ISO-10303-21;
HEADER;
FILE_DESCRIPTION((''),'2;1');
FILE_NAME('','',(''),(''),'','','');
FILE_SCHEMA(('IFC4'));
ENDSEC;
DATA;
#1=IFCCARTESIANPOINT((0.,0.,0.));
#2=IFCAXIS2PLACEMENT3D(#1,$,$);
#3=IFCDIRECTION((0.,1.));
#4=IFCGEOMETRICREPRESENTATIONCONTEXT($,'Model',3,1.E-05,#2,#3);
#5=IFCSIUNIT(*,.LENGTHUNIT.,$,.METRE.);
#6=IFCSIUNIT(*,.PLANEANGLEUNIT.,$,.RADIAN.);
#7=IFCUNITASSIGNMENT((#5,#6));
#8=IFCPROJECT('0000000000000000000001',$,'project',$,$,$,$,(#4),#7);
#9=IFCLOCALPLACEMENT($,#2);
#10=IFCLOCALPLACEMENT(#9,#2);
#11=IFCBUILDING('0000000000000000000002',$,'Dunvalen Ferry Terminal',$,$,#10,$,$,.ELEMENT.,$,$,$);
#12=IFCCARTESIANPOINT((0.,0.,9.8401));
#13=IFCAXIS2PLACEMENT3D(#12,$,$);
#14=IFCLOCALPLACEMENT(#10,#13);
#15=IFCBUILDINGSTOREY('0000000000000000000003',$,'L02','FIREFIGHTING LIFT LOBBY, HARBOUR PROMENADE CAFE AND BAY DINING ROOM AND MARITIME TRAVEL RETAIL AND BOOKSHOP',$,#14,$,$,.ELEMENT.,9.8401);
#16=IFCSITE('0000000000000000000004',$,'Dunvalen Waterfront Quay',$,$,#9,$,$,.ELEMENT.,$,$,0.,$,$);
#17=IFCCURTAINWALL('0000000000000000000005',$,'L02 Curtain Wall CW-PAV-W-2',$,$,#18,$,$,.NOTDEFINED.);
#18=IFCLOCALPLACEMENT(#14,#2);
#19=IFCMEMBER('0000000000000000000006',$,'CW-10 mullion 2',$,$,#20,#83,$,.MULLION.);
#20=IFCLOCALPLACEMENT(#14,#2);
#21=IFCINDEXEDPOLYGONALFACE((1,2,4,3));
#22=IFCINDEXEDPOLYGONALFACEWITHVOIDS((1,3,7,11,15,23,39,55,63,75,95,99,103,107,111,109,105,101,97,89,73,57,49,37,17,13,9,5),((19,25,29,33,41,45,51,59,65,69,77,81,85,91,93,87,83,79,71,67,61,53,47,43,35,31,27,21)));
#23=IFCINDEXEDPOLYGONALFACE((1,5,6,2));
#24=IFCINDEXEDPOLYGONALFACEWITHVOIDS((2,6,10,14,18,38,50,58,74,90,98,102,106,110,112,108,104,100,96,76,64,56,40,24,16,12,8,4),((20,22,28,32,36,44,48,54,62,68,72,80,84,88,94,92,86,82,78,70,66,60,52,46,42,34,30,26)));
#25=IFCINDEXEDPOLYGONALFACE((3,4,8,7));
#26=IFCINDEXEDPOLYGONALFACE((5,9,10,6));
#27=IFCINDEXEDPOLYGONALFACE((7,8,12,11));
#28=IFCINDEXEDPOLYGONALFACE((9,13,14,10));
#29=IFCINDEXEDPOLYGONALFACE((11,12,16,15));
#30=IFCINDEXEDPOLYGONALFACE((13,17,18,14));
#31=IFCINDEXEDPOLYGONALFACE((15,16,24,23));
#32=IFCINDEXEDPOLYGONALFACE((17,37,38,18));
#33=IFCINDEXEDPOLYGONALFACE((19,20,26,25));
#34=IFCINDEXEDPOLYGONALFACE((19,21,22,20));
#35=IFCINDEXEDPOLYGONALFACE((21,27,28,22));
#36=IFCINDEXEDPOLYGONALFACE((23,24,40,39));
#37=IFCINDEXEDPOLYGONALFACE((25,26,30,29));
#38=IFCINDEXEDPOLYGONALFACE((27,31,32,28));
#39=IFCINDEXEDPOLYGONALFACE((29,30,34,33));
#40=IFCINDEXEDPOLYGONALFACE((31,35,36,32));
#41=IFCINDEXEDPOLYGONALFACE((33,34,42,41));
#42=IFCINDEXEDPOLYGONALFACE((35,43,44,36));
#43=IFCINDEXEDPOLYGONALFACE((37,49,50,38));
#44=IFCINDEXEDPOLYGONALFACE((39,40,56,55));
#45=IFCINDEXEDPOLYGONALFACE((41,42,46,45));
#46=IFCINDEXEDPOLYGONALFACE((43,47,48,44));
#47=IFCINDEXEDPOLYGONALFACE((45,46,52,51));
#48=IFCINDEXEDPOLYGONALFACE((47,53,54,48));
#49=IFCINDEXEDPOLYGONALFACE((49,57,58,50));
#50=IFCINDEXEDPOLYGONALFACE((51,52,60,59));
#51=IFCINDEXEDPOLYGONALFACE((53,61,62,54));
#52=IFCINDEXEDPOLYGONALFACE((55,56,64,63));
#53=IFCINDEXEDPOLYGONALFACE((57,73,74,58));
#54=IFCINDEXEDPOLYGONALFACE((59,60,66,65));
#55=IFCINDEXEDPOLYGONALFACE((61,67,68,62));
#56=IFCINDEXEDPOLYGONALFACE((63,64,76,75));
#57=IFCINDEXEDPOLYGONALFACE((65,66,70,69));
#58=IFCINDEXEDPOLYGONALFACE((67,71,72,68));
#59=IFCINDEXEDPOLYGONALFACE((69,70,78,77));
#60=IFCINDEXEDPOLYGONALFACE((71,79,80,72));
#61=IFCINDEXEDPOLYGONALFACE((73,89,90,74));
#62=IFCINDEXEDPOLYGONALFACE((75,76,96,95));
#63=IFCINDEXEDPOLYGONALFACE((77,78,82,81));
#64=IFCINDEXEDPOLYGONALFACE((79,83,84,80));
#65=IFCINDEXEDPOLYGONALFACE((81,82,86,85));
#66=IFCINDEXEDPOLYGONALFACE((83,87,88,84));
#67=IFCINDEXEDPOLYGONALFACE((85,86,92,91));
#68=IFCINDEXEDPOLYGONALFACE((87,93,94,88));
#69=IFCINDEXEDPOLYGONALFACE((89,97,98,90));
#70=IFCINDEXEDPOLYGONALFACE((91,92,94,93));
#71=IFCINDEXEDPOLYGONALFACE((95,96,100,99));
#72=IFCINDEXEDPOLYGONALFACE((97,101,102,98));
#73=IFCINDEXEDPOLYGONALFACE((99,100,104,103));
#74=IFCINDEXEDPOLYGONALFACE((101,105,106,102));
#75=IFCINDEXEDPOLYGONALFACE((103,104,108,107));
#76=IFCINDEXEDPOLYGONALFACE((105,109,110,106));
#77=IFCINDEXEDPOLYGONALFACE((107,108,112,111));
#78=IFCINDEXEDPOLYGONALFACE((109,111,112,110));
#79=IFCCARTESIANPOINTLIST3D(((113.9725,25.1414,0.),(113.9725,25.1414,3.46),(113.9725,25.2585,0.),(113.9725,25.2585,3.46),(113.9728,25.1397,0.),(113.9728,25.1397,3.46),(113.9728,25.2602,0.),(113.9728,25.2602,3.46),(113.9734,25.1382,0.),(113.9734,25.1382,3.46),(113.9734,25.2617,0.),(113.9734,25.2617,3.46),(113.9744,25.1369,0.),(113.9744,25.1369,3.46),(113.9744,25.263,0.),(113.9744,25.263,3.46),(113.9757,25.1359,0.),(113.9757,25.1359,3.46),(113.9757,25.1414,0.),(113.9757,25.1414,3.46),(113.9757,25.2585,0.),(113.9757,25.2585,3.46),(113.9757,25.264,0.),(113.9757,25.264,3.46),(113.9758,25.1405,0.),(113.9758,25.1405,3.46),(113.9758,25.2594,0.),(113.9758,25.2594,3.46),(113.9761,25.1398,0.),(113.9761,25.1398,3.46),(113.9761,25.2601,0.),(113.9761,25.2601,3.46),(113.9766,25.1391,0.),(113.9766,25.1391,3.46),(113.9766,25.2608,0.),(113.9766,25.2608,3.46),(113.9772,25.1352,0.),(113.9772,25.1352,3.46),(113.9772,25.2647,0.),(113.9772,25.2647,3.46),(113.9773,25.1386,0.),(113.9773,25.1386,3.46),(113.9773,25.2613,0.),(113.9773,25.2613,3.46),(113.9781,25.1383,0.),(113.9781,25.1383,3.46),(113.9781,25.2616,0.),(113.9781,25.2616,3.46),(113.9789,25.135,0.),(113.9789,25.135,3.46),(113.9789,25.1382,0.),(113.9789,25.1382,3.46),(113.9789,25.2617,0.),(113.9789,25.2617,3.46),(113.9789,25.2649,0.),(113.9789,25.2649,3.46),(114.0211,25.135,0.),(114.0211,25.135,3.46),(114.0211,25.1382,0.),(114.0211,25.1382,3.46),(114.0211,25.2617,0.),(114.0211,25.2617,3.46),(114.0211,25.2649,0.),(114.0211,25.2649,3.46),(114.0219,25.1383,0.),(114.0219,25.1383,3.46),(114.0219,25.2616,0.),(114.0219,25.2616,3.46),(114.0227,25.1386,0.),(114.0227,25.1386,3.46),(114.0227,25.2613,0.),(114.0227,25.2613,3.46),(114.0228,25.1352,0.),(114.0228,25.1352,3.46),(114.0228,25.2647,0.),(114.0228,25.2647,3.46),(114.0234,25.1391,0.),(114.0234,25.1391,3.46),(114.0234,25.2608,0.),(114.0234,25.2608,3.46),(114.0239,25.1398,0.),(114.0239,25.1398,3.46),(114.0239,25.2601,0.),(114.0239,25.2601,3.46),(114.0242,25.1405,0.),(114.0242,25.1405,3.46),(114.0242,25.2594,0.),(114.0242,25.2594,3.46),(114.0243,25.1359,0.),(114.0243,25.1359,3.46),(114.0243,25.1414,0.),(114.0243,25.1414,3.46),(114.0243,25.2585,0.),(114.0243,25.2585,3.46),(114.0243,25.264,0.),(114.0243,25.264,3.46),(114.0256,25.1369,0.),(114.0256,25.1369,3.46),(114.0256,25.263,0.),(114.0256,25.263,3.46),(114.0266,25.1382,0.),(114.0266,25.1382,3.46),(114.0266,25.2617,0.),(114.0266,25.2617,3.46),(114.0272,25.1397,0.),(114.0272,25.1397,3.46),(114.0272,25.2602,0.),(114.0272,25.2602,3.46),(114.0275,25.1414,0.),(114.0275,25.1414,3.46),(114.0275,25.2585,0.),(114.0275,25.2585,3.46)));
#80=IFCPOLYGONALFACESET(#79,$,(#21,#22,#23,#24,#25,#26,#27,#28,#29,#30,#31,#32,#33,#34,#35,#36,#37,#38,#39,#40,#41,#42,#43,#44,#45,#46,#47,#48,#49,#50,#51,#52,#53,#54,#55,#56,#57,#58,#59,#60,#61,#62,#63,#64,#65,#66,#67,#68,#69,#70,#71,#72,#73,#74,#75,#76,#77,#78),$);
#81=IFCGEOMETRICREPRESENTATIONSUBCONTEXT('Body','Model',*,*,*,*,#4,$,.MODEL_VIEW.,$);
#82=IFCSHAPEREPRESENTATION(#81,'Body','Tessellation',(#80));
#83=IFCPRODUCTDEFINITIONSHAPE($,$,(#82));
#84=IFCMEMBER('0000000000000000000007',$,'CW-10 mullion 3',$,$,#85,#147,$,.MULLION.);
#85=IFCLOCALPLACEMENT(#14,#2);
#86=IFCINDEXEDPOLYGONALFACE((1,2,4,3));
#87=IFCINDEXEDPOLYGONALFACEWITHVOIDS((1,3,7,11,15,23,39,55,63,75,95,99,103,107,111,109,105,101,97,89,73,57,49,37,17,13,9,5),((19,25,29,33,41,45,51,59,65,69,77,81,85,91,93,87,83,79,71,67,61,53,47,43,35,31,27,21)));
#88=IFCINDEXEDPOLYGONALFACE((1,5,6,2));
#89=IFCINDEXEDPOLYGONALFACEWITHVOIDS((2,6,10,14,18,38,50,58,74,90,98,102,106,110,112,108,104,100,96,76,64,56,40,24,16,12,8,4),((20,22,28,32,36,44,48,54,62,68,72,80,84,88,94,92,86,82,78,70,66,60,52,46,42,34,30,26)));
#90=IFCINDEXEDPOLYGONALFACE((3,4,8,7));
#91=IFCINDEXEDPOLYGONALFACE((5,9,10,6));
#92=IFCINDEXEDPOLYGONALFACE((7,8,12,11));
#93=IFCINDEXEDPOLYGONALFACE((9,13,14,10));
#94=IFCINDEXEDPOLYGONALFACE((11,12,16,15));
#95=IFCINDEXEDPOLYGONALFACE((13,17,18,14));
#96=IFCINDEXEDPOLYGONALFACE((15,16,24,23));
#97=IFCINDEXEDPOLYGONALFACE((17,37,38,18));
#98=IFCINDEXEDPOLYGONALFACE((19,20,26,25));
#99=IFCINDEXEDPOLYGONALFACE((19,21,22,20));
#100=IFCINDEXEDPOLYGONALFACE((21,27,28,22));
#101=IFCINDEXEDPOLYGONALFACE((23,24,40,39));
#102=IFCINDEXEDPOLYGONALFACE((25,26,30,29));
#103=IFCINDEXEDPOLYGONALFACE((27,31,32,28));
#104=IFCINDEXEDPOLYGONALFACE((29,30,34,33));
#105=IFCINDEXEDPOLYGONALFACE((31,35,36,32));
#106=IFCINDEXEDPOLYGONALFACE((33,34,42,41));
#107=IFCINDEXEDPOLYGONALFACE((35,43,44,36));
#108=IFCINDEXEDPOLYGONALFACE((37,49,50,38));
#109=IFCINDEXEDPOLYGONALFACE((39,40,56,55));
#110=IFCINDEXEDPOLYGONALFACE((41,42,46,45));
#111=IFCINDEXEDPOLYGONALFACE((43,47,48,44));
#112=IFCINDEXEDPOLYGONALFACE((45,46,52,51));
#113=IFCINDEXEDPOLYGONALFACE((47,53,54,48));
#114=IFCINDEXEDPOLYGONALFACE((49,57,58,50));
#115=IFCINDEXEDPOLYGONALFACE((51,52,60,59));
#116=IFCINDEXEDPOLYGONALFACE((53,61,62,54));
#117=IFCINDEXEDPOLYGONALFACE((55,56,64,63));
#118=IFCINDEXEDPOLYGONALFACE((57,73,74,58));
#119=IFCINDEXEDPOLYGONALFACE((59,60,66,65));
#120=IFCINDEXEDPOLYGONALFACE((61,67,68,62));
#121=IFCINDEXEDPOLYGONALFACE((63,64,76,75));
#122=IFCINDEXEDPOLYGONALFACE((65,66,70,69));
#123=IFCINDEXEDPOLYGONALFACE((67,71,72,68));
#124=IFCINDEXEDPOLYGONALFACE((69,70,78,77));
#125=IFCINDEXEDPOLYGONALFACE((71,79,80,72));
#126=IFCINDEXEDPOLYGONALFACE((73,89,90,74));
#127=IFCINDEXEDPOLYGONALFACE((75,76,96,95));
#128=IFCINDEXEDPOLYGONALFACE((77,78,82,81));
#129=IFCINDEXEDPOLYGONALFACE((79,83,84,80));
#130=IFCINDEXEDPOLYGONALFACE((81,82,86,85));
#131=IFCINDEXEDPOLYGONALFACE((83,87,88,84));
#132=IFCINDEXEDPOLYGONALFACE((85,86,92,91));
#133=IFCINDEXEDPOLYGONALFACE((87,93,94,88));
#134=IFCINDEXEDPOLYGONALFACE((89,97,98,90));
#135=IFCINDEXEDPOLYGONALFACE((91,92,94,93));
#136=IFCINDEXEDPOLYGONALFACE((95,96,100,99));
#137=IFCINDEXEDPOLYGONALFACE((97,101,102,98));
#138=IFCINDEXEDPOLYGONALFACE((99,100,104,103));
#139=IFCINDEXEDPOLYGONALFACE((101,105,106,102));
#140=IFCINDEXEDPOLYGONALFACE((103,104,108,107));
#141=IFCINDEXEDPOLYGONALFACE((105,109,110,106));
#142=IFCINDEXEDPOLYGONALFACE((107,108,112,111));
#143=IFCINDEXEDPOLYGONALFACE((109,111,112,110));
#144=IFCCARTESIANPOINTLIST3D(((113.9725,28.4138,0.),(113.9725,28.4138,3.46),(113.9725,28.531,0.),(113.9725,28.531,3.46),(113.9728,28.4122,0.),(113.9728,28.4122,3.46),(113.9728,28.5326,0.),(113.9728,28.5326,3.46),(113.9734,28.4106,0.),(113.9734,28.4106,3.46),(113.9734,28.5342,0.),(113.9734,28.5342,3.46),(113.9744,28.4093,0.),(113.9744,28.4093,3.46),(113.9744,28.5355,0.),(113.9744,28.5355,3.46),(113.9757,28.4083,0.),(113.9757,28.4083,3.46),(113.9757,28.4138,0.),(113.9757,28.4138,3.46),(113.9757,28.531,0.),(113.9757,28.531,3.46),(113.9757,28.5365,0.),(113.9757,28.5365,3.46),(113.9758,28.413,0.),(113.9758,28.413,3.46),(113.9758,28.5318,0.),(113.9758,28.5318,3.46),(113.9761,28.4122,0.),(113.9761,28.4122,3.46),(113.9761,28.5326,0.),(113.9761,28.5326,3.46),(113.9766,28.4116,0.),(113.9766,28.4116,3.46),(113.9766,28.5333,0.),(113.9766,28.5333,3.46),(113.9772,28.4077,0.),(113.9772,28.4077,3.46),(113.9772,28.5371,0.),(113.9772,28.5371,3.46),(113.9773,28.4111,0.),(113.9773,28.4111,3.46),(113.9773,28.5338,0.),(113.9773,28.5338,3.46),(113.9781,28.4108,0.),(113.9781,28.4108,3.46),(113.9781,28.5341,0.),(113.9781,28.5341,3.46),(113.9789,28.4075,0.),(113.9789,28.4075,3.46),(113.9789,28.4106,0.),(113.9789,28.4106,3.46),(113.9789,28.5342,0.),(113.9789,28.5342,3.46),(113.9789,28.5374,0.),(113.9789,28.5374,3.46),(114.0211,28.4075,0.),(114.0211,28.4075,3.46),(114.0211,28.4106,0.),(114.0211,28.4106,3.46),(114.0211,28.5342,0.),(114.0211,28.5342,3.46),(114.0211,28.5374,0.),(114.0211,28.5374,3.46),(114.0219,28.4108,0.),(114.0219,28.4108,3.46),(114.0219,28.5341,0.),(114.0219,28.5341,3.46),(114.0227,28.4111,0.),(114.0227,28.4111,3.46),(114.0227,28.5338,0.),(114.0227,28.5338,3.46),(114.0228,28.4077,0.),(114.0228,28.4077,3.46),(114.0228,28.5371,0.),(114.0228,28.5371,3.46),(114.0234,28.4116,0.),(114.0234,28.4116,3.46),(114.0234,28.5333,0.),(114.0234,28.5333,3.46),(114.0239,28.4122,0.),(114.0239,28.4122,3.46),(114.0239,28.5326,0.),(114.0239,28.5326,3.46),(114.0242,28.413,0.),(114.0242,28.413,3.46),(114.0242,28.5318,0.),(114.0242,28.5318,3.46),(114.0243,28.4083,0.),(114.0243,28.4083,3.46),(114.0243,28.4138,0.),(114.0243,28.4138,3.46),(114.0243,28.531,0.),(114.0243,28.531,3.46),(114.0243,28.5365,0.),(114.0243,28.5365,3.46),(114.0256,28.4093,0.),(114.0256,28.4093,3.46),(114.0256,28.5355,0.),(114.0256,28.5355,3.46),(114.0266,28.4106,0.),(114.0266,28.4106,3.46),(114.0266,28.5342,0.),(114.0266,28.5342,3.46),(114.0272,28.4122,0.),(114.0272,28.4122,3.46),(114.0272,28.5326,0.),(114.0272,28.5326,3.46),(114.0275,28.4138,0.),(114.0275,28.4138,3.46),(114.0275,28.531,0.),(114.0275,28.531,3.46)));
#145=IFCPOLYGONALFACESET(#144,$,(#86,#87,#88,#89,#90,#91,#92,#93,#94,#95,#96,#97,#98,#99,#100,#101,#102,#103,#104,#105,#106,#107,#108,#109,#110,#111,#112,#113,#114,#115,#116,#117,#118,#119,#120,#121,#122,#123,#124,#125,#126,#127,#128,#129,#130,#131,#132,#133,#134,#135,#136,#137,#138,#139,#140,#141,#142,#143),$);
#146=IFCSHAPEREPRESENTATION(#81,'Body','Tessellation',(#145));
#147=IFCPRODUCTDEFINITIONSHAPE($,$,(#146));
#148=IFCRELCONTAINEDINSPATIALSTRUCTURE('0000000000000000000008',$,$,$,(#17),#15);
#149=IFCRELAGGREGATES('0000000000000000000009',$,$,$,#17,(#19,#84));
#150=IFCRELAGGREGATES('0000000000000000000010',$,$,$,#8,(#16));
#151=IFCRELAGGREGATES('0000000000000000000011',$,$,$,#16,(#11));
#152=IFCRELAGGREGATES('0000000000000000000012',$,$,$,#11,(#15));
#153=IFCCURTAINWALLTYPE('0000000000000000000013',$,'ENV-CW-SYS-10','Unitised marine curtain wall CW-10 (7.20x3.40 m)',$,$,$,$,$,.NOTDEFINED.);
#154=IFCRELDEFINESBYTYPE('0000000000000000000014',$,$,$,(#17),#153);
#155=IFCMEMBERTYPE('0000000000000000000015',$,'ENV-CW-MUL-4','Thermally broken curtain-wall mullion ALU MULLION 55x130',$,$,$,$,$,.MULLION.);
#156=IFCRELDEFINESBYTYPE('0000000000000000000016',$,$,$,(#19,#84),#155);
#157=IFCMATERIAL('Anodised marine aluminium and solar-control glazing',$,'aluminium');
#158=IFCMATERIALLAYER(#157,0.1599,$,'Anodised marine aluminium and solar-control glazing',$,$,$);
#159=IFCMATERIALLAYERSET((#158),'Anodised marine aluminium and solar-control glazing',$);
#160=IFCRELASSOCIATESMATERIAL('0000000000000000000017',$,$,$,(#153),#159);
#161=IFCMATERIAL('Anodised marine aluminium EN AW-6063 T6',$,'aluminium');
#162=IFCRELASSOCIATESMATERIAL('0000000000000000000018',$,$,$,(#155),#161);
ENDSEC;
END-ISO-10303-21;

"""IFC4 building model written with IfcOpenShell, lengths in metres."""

from ifc_helpers import new_model, si_unit, direction, frame, origin, origin_2d, place, context, subcontext, project, spatial, hollow_rectangle, extrude, material, layer, layer_set, material_profile, profile_set, type_object, element, aggregate, save


model = new_model("IFC4")

# Units and contexts
model_context = context("Model", 3, precision=1e-05, world=origin(), true_north=direction((0.0, 1.0)))
body_context = subcontext(model_context, "Body", "Model", "MODEL_VIEW")
ifc_project = project(units=[si_unit("LENGTHUNIT", "METRE"), si_unit("PLANEANGLEUNIT", "RADIAN")], contexts=[model_context])

# Site, building, storey
site_placement = place(None, origin())
site = spatial("IfcSite", under=ifc_project, at=site_placement, Name="Dunvalen Waterfront Quay", CompositionType="ELEMENT", RefElevation=0.0)
building_placement = place(site_placement, origin())
building = spatial("IfcBuilding", under=site, at=building_placement, Name="Dunvalen Ferry Terminal", CompositionType="ELEMENT")
storey_placement = place(building_placement, frame((0.0, 0.0, 9.8401)))
storey = spatial("IfcBuildingStorey", under=building, at=storey_placement, Name="L02", Description="FIREFIGHTING LIFT LOBBY, HARBOUR PROMENADE CAFE AND BAY DINING ROOM AND MARITIME TRAVEL RETAIL AND BOOKSHOP", CompositionType="ELEMENT", Elevation=9.8401)

# Curtain wall, members
ifc_material_1 = material(Name="Anodised marine aluminium and solar-control glazing", Category="aluminium")
ifc_layer_1 = layer(ifc_material_1, 0.1599, Name="Anodised marine aluminium and solar-control glazing")
ifc_layer_set_1 = layer_set([ifc_layer_1], Name="Anodised marine aluminium and solar-control glazing")
curtain_wall_type = type_object("IfcCurtainWallType", Name="ENV-CW-SYS-10", Description="Unitised marine curtain wall CW-10 (7.20x3.40 m)", PredefinedType="NOTDEFINED", material=ifc_layer_set_1)
curtain_wall_placement = place(storey_placement, origin())
curtain_wall = element("IfcCurtainWall", 1, at=curtain_wall_placement, inside=storey, type_object=curtain_wall_type, Name="L02 Curtain Wall CW-PAV-W-2", PredefinedType="NOTDEFINED")
ifc_material_2 = material(Name="Anodised marine aluminium EN AW-6063 T6", Category="aluminium")
ifc_material_profile_1 = material_profile(ifc_material_2, hollow_rectangle(XDim=0.0549, YDim=0.1299, WallThickness=0.0032, InnerFilletRadius=0.0032, OuterFilletRadius=0.0063, at=origin_2d()), Name="Anodised marine aluminium EN AW-6063 T6")
ifc_profile_set_1 = profile_set([ifc_material_profile_1], Name="Anodised marine aluminium EN AW-6063 T6")
member_type_1 = type_object("IfcMemberType", Name="ENV-CW-MUL-4", Description="Thermally broken curtain-wall mullion ALU MULLION 55x130", PredefinedType="MULLION", material=ifc_profile_set_1)
member_1_placement = place(storey_placement, frame((114.0, 25.2, 0.0), z_axis=(0.0, 0.0, 1.0), x_axis=(-1.0, 0.0, 0.0)))
member_1 = element("IfcMember", 2, at=member_1_placement, type_object=member_type_1, Name="CW-10 mullion 2", PredefinedType="MULLION", context=body_context, shape_type="SweptSolid", body=[
    extrude(hollow_rectangle(XDim=0.0549, YDim=0.1299, WallThickness=0.0032, InnerFilletRadius=0.0032, OuterFilletRadius=0.0063, at=origin_2d()), origin(), (0.0, 0.0, 1.0), 3.46),
])
member_2_placement = place(storey_placement, frame((114.0, 28.4724, 0.0), z_axis=(0.0, 0.0, 1.0), x_axis=(-1.0, 0.0, 0.0)))
member_2 = element("IfcMember", 3, at=member_2_placement, type_object=member_type_1, Name="CW-10 mullion 3", PredefinedType="MULLION", context=body_context, shape_type="SweptSolid", body=[
    extrude(hollow_rectangle(XDim=0.0549, YDim=0.1299, WallThickness=0.0032, InnerFilletRadius=0.0032, OuterFilletRadius=0.0063, at=origin_2d()), origin(), (0.0, 0.0, 1.0), 3.46),
])

aggregate(curtain_wall, [member_1, member_2])

save(model, "model.ifc")
